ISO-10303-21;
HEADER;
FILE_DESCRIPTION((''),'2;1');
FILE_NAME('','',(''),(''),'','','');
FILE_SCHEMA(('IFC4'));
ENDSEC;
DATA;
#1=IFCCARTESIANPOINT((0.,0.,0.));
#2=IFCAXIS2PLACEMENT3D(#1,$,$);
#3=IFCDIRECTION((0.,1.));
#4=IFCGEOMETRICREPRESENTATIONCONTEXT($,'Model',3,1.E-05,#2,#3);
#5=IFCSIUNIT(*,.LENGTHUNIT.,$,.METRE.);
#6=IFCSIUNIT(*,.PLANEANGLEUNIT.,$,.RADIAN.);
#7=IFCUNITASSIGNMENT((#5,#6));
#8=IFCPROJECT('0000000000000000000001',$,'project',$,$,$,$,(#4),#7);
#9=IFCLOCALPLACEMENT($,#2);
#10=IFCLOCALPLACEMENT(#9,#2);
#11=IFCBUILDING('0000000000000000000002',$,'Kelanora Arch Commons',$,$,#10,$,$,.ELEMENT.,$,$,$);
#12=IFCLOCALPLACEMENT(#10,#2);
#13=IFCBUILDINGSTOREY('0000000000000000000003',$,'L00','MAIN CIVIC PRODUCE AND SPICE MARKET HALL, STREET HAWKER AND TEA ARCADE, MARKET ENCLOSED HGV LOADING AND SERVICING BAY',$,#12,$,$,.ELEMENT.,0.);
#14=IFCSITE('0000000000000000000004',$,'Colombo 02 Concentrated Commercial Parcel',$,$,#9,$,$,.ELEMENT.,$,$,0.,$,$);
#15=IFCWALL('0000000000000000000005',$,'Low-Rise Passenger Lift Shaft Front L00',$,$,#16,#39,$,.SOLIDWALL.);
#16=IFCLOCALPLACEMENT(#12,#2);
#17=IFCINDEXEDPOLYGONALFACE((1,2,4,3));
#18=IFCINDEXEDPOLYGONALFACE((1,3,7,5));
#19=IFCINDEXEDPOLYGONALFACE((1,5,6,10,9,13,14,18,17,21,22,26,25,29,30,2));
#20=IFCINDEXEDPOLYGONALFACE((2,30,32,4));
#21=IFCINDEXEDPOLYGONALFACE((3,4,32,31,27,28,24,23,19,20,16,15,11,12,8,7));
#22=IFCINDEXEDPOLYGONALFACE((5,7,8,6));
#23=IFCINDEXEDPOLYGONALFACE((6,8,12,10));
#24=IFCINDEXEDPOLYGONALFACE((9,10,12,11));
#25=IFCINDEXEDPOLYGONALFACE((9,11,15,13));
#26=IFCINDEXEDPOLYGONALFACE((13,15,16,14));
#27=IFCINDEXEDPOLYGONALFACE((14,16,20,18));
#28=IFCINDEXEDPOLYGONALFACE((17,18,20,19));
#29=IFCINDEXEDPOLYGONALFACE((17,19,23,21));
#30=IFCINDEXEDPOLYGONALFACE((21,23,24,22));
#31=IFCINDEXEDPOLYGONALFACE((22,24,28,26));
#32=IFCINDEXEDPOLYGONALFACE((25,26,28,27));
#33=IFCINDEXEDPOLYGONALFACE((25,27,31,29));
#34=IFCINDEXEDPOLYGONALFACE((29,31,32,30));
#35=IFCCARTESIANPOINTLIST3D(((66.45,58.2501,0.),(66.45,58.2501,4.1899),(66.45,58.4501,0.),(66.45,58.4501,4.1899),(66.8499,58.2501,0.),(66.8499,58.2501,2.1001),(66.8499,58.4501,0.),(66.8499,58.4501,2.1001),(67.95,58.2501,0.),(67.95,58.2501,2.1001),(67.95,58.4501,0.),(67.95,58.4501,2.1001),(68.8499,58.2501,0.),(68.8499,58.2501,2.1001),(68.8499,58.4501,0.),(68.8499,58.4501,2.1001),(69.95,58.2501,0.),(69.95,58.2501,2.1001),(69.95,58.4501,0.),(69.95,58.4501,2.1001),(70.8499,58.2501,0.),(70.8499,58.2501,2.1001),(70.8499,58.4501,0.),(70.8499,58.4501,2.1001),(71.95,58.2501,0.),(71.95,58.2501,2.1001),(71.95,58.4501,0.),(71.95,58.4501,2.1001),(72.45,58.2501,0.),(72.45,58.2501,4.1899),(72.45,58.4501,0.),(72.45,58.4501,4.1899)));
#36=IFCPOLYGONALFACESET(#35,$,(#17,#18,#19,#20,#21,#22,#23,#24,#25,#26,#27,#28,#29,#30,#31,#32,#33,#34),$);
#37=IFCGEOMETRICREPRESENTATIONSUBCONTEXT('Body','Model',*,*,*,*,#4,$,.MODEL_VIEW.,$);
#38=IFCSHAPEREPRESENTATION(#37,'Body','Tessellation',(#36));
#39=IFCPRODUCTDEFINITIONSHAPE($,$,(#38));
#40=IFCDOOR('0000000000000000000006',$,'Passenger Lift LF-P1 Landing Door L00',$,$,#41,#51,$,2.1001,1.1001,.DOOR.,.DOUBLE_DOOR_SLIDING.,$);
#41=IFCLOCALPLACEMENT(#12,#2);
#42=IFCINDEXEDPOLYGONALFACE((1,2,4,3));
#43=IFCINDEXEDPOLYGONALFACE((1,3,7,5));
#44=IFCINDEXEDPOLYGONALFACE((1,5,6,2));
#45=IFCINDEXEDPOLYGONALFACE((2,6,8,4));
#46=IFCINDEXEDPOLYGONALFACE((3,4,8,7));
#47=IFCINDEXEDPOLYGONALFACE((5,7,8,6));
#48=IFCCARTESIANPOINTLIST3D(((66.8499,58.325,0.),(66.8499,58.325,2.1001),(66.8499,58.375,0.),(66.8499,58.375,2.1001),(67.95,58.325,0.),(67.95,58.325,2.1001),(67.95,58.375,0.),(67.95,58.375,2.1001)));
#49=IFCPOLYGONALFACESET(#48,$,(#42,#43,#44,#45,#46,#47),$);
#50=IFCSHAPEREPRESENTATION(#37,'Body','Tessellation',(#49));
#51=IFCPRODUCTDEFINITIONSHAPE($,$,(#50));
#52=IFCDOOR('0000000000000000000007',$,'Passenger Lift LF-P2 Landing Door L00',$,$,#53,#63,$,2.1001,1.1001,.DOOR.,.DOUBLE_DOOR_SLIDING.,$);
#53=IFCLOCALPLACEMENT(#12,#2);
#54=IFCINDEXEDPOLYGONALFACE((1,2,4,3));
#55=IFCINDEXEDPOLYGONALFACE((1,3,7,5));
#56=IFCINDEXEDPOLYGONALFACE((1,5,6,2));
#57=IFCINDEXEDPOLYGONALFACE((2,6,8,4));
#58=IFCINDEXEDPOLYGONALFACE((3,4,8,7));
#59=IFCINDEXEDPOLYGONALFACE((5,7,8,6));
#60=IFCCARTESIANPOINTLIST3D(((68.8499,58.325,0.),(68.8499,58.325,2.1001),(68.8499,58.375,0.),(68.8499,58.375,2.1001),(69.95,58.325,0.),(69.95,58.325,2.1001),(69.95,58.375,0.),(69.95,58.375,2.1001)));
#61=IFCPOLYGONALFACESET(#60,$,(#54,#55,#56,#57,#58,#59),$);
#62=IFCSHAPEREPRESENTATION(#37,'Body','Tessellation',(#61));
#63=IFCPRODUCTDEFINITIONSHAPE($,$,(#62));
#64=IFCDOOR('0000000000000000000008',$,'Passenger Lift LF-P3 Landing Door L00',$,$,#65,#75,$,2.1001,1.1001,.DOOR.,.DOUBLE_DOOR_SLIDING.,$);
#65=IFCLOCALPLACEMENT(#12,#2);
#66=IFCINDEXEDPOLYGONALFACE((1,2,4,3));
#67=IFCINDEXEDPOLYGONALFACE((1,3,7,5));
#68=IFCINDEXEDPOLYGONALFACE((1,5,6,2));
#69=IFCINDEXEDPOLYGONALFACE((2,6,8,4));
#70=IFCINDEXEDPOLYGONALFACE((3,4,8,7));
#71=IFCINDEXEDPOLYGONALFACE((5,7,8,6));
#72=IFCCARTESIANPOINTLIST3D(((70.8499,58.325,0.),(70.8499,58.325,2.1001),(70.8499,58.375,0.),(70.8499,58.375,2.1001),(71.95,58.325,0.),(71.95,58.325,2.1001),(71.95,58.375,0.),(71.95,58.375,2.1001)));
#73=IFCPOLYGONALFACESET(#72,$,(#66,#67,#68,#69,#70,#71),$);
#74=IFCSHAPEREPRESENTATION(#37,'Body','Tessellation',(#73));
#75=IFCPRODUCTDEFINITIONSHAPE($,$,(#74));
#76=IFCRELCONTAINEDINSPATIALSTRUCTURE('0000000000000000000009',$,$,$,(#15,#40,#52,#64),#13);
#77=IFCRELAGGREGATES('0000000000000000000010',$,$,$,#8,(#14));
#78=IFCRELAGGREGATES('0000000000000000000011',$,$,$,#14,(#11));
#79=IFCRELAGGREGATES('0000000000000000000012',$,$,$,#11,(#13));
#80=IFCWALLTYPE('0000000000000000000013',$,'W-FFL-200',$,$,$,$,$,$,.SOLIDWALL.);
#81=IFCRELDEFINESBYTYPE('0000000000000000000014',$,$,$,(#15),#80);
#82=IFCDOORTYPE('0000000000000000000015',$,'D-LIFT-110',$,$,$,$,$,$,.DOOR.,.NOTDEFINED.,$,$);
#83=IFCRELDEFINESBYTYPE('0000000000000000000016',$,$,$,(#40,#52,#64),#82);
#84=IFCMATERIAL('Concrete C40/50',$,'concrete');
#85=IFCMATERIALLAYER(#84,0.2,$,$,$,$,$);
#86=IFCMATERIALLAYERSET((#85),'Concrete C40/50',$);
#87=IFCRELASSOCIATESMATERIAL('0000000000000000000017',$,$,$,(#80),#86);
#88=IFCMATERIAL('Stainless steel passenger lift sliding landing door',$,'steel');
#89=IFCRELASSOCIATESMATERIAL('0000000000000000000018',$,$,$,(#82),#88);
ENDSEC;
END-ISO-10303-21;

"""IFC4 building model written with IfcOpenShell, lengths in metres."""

from ifc_helpers import new_model, si_unit, direction, frame, frame_2d, origin, place, context, subcontext, project, spatial, rectangle, extrude, material, layer, layer_set, type_object, element, fill, save


model = new_model("IFC4")

# Units and contexts
model_context = context("Model", 3, precision=1e-05, world=origin(), true_north=direction((0.0, 1.0)))
body_context = subcontext(model_context, "Body", "Model", "MODEL_VIEW")
ifc_project = project(units=[si_unit("LENGTHUNIT", "METRE"), si_unit("PLANEANGLEUNIT", "RADIAN")], contexts=[model_context])

# Site, building, storey
site_placement = place(None, origin())
site = spatial("IfcSite", under=ifc_project, at=site_placement, Name="Colombo 02 Concentrated Commercial Parcel", CompositionType="ELEMENT", RefElevation=0.0)
building_placement = place(site_placement, origin())
building = spatial("IfcBuilding", under=site, at=building_placement, Name="Kelanora Arch Commons", CompositionType="ELEMENT")
storey_placement = place(building_placement, origin())
storey = spatial("IfcBuildingStorey", under=building, at=storey_placement, Name="L00", Description="MAIN CIVIC PRODUCE AND SPICE MARKET HALL, STREET HAWKER AND TEA ARCADE, MARKET ENCLOSED HGV LOADING AND SERVICING BAY", CompositionType="ELEMENT", Elevation=0.0)

# Wall, openings, doors
ifc_material_1 = material(Name="Concrete C40/50", Category="concrete")
ifc_layer_1 = layer(ifc_material_1, 0.2)
ifc_layer_set_1 = layer_set([ifc_layer_1], Name="Concrete C40/50")
wall_type_1 = type_object("IfcWallType", Name="W-FFL-200", PredefinedType="SOLIDWALL", material=ifc_layer_set_1)
wall_1_placement = place(storey_placement, frame((66.45, 58.3501, 0.0), z_axis=(0.0, 0.0, 1.0), x_axis=(1.0, 0.0, 0.0)))
wall_1 = element("IfcWall", 1, at=wall_1_placement, inside=storey, type_object=wall_type_1, Name="Low-Rise Passenger Lift Shaft Front L00", PredefinedType="SOLIDWALL", context=body_context, shape_type="SweptSolid", body=[
    extrude(rectangle(XDim=6.0, YDim=0.2, at=frame_2d((3.0, 0.0))), origin(), (0.0, 0.0, 1.0), 4.1899),
])
opening_1_placement = place(wall_1_placement, frame((0.3999, 0.0, 0.0)))
opening_1 = element("IfcOpeningElement", 2, at=opening_1_placement, cuts=wall_1, PredefinedType="OPENING", context=body_context, shape_type="SweptSolid", body=[
    extrude(rectangle(XDim=1.1001, YDim=2.1001, at=frame_2d((0.55, 1.05))), frame((0.0, 0.1099, 0.0), z_axis=(0.0, -1.0, 0.0), x_axis=(1.0, 0.0, 0.0)), (0.0, 0.0, 1.0), 0.22),
])
opening_2_placement = place(wall_1_placement, frame((2.3999, 0.0, 0.0)))
opening_2 = element("IfcOpeningElement", 3, at=opening_2_placement, cuts=wall_1, PredefinedType="OPENING", context=body_context, shape_type="SweptSolid", body=[
    extrude(rectangle(XDim=1.1001, YDim=2.1001, at=frame_2d((0.55, 1.05))), frame((0.0, 0.1099, 0.0), z_axis=(0.0, -1.0, 0.0), x_axis=(1.0, 0.0, 0.0)), (0.0, 0.0, 1.0), 0.22),
])
opening_3_placement = place(wall_1_placement, frame((4.3999, 0.0, 0.0)))
opening_3 = element("IfcOpeningElement", 4, at=opening_3_placement, cuts=wall_1, PredefinedType="OPENING", context=body_context, shape_type="SweptSolid", body=[
    extrude(rectangle(XDim=1.1001, YDim=2.1001, at=frame_2d((0.55, 1.05))), frame((0.0, 0.1099, 0.0), z_axis=(0.0, -1.0, 0.0), x_axis=(1.0, 0.0, 0.0)), (0.0, 0.0, 1.0), 0.22),
])
ifc_material_2 = material(Name="Stainless steel passenger lift sliding landing door", Category="steel")
door_type_1 = type_object("IfcDoorType", Name="D-LIFT-110", OperationType="NOTDEFINED", PredefinedType="DOOR", material=ifc_material_2)
door_1_placement = place(opening_1_placement, origin())
door_1 = element("IfcDoor", 5, at=door_1_placement, inside=storey, type_object=door_type_1, Name="Passenger Lift LF-P1 Landing Door L00", OperationType="DOUBLE_DOOR_SLIDING", OverallHeight=2.1001, OverallWidth=1.1001, PredefinedType="DOOR", context=body_context, shape_type="SweptSolid", body=[
    extrude(rectangle(XDim=1.1001, YDim=2.1001, at=frame_2d((0.55, 1.05))), frame((0.0, 0.0249, 0.0), z_axis=(0.0, -1.0, 0.0), x_axis=(1.0, 0.0, 0.0)), (0.0, 0.0, 1.0), 0.05),
])
fill(opening_1, door_1)
door_2_placement = place(opening_2_placement, origin())
door_2 = element("IfcDoor", 6, at=door_2_placement, inside=storey, type_object=door_type_1, Name="Passenger Lift LF-P2 Landing Door L00", OperationType="DOUBLE_DOOR_SLIDING", OverallHeight=2.1001, OverallWidth=1.1001, PredefinedType="DOOR", context=body_context, shape_type="SweptSolid", body=[
    extrude(rectangle(XDim=1.1001, YDim=2.1001, at=frame_2d((0.55, 1.05))), frame((0.0, 0.0249, 0.0), z_axis=(0.0, -1.0, 0.0), x_axis=(1.0, 0.0, 0.0)), (0.0, 0.0, 1.0), 0.05),
])
fill(opening_2, door_2)
door_3_placement = place(opening_3_placement, origin())
door_3 = element("IfcDoor", 7, at=door_3_placement, inside=storey, type_object=door_type_1, Name="Passenger Lift LF-P3 Landing Door L00", OperationType="DOUBLE_DOOR_SLIDING", OverallHeight=2.1001, OverallWidth=1.1001, PredefinedType="DOOR", context=body_context, shape_type="SweptSolid", body=[
    extrude(rectangle(XDim=1.1001, YDim=2.1001, at=frame_2d((0.55, 1.05))), frame((0.0, 0.0249, 0.0), z_axis=(0.0, -1.0, 0.0), x_axis=(1.0, 0.0, 0.0)), (0.0, 0.0, 1.0), 0.05),
])
fill(opening_3, door_3)

save(model, "model.ifc")
